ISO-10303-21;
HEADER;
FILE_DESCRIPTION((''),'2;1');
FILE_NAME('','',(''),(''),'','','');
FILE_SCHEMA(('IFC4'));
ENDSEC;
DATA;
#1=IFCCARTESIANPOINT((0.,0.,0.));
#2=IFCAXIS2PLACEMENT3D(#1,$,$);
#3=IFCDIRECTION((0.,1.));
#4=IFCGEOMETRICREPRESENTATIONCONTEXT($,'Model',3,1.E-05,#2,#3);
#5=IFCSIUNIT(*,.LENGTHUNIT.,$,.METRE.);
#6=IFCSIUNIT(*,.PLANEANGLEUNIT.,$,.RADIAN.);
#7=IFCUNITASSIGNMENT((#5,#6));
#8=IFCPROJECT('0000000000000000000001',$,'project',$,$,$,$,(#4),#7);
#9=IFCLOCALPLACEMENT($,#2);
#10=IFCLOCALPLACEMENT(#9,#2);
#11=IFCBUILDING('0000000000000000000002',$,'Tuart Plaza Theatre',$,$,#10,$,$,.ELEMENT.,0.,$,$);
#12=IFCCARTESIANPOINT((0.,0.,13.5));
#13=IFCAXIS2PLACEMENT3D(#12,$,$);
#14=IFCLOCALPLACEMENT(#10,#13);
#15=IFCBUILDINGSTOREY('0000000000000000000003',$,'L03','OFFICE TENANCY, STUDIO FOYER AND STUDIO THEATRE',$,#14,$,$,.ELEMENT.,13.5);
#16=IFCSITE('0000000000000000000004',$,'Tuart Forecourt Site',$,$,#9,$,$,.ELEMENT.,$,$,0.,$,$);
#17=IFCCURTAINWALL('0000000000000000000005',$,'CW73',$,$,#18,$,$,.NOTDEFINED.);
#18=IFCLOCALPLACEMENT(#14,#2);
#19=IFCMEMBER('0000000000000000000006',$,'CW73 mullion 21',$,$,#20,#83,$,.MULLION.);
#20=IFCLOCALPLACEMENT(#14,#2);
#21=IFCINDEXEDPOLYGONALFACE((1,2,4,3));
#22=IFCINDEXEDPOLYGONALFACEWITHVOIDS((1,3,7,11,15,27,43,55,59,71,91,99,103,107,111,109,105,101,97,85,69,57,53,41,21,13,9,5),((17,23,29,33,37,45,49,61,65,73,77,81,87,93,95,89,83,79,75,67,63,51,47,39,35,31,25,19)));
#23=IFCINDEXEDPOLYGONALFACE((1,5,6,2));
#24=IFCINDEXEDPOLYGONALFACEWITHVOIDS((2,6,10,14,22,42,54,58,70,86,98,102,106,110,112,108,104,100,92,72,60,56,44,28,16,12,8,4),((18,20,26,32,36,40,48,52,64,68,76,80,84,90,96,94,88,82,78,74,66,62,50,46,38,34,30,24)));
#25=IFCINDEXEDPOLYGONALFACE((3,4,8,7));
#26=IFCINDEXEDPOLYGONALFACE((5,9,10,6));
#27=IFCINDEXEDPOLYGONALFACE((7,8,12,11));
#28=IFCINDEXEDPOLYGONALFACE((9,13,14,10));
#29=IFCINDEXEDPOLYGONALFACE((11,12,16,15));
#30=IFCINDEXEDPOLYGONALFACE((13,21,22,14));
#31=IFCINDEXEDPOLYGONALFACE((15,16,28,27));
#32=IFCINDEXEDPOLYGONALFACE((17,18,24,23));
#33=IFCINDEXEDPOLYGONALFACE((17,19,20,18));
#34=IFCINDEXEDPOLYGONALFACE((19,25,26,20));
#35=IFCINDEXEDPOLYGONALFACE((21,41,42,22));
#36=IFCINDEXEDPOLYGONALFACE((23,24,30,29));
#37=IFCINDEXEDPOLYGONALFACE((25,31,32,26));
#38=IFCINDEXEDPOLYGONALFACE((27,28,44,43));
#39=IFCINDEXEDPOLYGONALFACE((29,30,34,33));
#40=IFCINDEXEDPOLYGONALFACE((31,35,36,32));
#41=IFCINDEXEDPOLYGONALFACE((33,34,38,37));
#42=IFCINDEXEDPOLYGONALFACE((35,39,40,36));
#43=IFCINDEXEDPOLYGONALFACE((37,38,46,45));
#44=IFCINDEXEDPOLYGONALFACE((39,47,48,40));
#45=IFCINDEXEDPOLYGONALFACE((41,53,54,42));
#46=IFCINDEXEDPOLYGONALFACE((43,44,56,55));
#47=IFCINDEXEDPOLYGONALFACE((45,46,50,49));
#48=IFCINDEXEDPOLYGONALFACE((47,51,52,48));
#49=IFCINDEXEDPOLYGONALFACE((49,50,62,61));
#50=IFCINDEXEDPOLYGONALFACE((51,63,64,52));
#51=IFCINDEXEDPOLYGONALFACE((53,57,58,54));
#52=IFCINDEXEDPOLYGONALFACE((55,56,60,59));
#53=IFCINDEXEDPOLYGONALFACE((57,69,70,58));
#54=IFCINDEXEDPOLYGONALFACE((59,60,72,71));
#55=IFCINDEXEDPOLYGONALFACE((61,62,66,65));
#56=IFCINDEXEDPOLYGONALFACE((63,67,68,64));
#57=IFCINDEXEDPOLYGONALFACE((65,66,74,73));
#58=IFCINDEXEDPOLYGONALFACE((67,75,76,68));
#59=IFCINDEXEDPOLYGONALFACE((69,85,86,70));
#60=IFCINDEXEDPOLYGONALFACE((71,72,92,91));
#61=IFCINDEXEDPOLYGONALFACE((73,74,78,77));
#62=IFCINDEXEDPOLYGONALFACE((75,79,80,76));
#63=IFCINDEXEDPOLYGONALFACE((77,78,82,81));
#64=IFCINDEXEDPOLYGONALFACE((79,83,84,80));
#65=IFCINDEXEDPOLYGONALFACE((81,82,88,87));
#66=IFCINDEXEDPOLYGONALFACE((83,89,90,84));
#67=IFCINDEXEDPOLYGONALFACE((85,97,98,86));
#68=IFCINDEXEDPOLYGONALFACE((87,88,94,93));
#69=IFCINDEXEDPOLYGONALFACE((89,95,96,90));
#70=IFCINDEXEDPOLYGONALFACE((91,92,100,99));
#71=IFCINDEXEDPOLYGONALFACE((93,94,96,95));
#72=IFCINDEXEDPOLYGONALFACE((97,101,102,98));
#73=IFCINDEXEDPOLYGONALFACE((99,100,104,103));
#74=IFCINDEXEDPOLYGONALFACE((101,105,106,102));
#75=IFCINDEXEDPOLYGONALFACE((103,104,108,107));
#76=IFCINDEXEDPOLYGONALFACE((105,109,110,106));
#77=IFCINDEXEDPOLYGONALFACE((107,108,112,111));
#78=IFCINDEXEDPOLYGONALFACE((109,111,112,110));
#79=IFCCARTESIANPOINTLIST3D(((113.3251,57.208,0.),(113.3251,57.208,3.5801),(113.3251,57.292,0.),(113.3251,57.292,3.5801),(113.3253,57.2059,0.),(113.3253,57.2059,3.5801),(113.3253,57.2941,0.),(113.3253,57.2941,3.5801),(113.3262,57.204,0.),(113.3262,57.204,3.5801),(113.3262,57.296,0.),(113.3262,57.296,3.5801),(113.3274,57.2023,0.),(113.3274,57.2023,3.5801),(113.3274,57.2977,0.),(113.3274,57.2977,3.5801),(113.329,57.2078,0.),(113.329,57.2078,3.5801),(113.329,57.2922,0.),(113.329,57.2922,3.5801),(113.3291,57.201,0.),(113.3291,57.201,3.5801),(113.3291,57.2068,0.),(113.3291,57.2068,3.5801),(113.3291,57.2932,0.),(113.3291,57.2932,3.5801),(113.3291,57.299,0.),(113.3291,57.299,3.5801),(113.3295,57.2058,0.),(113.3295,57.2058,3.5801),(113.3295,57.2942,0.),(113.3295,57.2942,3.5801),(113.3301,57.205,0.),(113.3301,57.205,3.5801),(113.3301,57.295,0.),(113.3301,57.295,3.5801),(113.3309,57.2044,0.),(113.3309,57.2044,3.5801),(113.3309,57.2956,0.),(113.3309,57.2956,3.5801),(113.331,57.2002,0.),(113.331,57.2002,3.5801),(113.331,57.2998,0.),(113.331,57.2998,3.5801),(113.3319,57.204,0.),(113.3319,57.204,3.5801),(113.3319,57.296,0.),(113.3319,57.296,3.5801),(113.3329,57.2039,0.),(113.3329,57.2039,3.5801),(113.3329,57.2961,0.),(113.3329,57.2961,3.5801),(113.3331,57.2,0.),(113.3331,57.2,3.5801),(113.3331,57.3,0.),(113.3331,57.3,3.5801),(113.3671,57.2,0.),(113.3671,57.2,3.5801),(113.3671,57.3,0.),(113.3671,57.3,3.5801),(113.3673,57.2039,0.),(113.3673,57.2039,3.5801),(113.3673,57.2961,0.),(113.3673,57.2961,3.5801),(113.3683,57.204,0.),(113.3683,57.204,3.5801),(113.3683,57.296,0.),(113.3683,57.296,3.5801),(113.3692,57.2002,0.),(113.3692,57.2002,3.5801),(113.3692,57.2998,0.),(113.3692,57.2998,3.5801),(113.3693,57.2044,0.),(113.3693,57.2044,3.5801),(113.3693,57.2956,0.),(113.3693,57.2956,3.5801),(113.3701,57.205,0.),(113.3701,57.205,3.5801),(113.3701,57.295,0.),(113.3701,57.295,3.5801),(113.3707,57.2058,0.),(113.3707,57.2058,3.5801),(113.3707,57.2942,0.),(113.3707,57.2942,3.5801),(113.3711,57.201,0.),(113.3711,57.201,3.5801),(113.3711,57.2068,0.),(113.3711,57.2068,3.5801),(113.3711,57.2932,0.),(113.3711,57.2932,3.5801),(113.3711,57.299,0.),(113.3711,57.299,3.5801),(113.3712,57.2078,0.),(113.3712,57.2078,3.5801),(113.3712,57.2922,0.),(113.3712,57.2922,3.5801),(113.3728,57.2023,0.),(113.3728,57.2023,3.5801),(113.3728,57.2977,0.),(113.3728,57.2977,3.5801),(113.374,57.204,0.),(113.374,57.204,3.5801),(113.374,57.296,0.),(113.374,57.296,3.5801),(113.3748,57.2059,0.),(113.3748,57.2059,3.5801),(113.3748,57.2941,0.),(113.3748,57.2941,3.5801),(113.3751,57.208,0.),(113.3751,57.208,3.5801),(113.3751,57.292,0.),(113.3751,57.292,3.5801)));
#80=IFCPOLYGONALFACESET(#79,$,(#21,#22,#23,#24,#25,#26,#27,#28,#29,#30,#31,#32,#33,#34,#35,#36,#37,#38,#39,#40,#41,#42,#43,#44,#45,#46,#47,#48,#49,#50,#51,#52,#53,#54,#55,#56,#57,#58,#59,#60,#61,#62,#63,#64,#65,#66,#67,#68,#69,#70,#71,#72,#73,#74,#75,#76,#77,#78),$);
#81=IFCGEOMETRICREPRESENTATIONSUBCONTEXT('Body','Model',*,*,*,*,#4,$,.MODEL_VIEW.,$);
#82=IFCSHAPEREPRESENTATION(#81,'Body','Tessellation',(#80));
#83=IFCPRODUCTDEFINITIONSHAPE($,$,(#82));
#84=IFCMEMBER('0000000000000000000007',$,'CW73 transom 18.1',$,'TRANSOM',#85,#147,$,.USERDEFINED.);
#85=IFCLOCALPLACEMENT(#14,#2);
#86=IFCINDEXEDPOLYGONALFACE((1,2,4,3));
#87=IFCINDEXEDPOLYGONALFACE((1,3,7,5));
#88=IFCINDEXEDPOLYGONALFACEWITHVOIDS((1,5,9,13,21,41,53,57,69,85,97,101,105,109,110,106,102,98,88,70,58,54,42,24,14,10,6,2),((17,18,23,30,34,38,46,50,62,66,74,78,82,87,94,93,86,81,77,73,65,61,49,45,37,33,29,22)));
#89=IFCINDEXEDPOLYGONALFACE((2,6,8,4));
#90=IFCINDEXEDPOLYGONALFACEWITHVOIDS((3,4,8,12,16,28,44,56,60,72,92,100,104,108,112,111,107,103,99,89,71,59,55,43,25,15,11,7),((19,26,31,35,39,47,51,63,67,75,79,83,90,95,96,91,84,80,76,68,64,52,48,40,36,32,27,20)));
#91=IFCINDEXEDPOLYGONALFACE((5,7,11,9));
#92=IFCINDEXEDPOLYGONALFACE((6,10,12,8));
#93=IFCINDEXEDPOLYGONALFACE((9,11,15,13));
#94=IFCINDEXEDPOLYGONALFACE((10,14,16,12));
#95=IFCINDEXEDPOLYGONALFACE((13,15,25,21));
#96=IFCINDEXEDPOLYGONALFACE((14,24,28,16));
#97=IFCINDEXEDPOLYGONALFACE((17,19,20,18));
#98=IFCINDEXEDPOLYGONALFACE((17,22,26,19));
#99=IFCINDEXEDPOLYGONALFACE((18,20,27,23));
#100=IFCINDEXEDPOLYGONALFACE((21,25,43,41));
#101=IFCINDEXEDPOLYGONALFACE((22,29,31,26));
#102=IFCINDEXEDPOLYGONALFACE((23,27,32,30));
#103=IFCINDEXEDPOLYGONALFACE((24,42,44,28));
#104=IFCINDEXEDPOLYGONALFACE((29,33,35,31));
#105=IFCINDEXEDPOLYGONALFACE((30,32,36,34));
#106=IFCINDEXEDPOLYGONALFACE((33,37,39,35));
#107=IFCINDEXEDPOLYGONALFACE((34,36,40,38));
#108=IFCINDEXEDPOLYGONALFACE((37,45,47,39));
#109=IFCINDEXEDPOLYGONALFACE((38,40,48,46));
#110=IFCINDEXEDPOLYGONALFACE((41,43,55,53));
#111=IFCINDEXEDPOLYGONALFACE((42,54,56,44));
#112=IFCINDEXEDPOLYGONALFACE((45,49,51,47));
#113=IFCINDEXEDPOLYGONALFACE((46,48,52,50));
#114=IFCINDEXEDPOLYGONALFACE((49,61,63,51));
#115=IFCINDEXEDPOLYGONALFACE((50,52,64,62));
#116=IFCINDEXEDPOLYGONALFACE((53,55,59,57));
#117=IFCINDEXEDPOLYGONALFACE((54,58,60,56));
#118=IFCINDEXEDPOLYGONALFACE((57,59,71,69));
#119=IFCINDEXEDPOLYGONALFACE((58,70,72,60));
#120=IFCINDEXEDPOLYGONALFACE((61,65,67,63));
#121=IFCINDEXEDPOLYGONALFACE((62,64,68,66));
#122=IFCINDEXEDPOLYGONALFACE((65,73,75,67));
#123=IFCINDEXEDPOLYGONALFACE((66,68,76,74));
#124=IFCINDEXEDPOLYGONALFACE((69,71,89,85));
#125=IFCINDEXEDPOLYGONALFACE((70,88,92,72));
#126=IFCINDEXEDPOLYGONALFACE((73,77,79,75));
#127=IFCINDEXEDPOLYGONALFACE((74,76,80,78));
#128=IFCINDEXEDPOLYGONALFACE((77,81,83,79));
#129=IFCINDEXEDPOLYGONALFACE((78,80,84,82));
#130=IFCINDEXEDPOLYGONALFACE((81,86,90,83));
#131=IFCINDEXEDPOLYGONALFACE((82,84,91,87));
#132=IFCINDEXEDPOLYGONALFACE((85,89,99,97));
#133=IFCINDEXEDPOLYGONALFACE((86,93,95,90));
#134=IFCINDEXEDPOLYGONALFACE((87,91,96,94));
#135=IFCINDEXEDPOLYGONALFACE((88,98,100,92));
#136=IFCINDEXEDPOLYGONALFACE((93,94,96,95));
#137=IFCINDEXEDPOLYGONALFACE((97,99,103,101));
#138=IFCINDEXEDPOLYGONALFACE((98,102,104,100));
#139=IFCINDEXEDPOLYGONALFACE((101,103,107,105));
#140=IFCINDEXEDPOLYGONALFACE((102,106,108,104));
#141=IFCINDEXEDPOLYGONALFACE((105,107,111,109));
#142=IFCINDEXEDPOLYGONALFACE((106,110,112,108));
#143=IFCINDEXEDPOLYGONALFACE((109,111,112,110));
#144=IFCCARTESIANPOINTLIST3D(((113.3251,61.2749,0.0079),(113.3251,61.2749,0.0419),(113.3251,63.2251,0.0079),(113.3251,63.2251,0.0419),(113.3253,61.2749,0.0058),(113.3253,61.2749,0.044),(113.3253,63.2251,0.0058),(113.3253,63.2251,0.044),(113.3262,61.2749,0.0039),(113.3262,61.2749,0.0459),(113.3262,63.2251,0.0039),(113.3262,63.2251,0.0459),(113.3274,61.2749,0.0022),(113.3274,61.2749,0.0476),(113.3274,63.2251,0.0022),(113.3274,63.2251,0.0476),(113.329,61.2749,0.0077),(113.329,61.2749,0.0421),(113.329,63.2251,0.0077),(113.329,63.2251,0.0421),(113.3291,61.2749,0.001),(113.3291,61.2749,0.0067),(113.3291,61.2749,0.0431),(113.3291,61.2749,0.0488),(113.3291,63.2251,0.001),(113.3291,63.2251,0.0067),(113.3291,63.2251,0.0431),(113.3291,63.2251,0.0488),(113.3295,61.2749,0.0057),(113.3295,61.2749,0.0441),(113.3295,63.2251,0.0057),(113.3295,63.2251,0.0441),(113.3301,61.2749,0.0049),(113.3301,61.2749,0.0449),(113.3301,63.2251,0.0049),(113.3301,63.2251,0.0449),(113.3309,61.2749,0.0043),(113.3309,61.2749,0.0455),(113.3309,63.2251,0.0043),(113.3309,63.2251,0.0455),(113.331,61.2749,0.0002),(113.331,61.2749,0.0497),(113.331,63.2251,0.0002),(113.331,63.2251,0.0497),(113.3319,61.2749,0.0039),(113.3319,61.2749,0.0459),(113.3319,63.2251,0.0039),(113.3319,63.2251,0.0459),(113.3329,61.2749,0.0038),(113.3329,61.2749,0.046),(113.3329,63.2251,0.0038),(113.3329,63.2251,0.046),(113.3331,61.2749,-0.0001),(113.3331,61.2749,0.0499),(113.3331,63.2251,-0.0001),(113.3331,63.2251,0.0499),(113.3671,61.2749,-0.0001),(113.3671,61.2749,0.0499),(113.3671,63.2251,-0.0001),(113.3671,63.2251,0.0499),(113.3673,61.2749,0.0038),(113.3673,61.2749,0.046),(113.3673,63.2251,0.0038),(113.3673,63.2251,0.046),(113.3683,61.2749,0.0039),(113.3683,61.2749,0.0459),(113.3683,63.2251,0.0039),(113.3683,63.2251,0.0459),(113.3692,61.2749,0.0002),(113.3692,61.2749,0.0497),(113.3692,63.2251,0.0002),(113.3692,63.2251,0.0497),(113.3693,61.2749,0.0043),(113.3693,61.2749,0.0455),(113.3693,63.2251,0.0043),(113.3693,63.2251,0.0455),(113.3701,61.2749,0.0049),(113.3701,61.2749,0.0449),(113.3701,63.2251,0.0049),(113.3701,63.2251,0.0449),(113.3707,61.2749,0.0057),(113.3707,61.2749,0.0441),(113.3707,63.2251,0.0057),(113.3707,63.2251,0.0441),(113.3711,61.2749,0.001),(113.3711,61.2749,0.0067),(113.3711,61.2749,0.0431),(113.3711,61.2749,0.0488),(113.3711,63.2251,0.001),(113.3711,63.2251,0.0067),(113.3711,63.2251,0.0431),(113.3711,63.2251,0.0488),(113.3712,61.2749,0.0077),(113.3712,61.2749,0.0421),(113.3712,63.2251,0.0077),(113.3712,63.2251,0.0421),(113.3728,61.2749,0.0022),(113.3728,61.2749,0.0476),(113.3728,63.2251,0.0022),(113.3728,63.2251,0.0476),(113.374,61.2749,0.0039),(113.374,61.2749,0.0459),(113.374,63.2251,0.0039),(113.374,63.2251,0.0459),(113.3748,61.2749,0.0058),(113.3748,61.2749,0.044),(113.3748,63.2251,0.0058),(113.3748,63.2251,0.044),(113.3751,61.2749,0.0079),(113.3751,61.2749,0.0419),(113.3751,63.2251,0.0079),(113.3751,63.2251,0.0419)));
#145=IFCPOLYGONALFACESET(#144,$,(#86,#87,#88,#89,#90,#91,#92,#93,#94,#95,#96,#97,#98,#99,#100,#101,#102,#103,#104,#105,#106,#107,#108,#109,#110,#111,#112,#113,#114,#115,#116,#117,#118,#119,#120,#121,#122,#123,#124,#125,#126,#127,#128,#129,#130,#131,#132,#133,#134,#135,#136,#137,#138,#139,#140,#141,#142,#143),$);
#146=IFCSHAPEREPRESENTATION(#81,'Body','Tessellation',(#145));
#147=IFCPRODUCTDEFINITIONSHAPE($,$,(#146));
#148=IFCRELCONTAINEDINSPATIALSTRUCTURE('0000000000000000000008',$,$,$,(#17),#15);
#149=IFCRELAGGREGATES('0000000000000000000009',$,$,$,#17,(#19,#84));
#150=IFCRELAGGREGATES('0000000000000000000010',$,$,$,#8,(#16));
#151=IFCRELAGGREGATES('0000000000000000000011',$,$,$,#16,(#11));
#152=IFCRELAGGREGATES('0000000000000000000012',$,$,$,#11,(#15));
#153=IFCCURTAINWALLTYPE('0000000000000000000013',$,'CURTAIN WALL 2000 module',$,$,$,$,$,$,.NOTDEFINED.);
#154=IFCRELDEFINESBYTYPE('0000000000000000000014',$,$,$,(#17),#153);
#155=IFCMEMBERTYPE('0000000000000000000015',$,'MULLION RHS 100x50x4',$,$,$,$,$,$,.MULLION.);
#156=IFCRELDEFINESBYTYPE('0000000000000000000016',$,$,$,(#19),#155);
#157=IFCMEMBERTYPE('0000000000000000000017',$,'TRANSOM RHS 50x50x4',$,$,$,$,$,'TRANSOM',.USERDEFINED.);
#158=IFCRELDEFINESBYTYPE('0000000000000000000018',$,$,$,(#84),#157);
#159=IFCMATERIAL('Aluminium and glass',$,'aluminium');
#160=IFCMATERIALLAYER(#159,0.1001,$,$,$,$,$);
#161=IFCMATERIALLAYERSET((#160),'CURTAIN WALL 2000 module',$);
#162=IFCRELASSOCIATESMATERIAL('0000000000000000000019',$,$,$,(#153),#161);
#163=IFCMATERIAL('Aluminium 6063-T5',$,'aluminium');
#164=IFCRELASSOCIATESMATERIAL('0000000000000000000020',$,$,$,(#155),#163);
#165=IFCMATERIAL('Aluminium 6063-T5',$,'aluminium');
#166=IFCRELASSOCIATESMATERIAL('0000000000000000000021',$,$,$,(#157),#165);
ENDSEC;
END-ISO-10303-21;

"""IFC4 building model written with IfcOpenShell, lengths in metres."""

from ifc_helpers import new_model, si_unit, direction, frame, origin, origin_2d, place, context, subcontext, project, spatial, hollow_rectangle, extrude, material, layer, layer_set, material_profile, profile_set, type_object, element, aggregate, save


model = new_model("IFC4")

# Units and contexts
model_context = context("Model", 3, precision=1e-05, world=origin(), true_north=direction((0.0, 1.0)))
body_context = subcontext(model_context, "Body", "Model", "MODEL_VIEW")
ifc_project = project(units=[si_unit("LENGTHUNIT", "METRE"), si_unit("PLANEANGLEUNIT", "RADIAN")], contexts=[model_context])

# Site, building, storey
site_placement = place(None, origin())
site = spatial("IfcSite", under=ifc_project, at=site_placement, Name="Tuart Forecourt Site", CompositionType="ELEMENT", RefElevation=0.0)
building_placement = place(site_placement, origin())
building = spatial("IfcBuilding", under=site, at=building_placement, Name="Tuart Plaza Theatre", CompositionType="ELEMENT", ElevationOfRefHeight=0.0)
storey_placement = place(building_placement, frame((0.0, 0.0, 13.5)))
storey = spatial("IfcBuildingStorey", under=building, at=storey_placement, Name="L03", Description="OFFICE TENANCY, STUDIO FOYER AND STUDIO THEATRE", CompositionType="ELEMENT", Elevation=13.5)

# Curtain wall, members
ifc_material_1 = material(Name="Aluminium and glass", Category="aluminium")
ifc_layer_1 = layer(ifc_material_1, 0.1001)
ifc_layer_set_1 = layer_set([ifc_layer_1], Name="CURTAIN WALL 2000 module")
curtain_wall_type = type_object("IfcCurtainWallType", Name="CURTAIN WALL 2000 module", PredefinedType="NOTDEFINED", material=ifc_layer_set_1)
curtain_wall_placement = place(storey_placement, origin())
curtain_wall = element("IfcCurtainWall", 1, at=curtain_wall_placement, inside=storey, type_object=curtain_wall_type, Name="CW73", PredefinedType="NOTDEFINED")
ifc_material_2 = material(Name="Aluminium 6063-T5", Category="aluminium")
ifc_material_profile_1 = material_profile(ifc_material_2, hollow_rectangle(XDim=0.05, YDim=0.1001, WallThickness=0.0039, InnerFilletRadius=0.0039, OuterFilletRadius=0.0081, at=origin_2d()), Name="RHS 100x50x4")
ifc_profile_set_1 = profile_set([ifc_material_profile_1], Name="Aluminium 6063-T5")
member_type_1 = type_object("IfcMemberType", Name="MULLION RHS 100x50x4", PredefinedType="MULLION", material=ifc_profile_set_1)
member_1_placement = place(storey_placement, frame((113.3501, 57.25, 0.0), z_axis=(0.0, 0.0, 1.0), x_axis=(1.0, 0.0, 0.0)))
member_1 = element("IfcMember", 2, at=member_1_placement, type_object=member_type_1, Name="CW73 mullion 21", PredefinedType="MULLION", context=body_context, shape_type="SweptSolid", body=[
    extrude(hollow_rectangle(XDim=0.05, YDim=0.1001, WallThickness=0.0039, InnerFilletRadius=0.0039, OuterFilletRadius=0.0081, at=origin_2d()), origin(), (0.0, 0.0, 1.0), 3.5801),
])
ifc_material_3 = material(Name="Aluminium 6063-T5", Category="aluminium")
ifc_material_profile_2 = material_profile(ifc_material_3, hollow_rectangle(XDim=0.05, YDim=0.05, WallThickness=0.0039, InnerFilletRadius=0.0039, OuterFilletRadius=0.0081, at=origin_2d()), Name="RHS 50x50x4")
ifc_profile_set_2 = profile_set([ifc_material_profile_2], Name="Aluminium 6063-T5")
member_type_2 = type_object("IfcMemberType", Name="TRANSOM RHS 50x50x4", ElementType="TRANSOM", PredefinedType="USERDEFINED", material=ifc_profile_set_2)
member_2_placement = place(storey_placement, frame((113.3501, 63.2251, 0.0249), z_axis=(0.0, -1.0, 0.0), x_axis=(1.0, 0.0, 0.0)))
member_2 = element("IfcMember", 3, at=member_2_placement, type_object=member_type_2, Name="CW73 transom 18.1", ObjectType="TRANSOM", PredefinedType="USERDEFINED", context=body_context, shape_type="SweptSolid", body=[
    extrude(hollow_rectangle(XDim=0.05, YDim=0.05, WallThickness=0.0039, InnerFilletRadius=0.0039, OuterFilletRadius=0.0081, at=origin_2d()), origin(), (0.0, 0.0, 1.0), 1.9502),
])
aggregate(curtain_wall, [member_1, member_2])

save(model, "model.ifc")
